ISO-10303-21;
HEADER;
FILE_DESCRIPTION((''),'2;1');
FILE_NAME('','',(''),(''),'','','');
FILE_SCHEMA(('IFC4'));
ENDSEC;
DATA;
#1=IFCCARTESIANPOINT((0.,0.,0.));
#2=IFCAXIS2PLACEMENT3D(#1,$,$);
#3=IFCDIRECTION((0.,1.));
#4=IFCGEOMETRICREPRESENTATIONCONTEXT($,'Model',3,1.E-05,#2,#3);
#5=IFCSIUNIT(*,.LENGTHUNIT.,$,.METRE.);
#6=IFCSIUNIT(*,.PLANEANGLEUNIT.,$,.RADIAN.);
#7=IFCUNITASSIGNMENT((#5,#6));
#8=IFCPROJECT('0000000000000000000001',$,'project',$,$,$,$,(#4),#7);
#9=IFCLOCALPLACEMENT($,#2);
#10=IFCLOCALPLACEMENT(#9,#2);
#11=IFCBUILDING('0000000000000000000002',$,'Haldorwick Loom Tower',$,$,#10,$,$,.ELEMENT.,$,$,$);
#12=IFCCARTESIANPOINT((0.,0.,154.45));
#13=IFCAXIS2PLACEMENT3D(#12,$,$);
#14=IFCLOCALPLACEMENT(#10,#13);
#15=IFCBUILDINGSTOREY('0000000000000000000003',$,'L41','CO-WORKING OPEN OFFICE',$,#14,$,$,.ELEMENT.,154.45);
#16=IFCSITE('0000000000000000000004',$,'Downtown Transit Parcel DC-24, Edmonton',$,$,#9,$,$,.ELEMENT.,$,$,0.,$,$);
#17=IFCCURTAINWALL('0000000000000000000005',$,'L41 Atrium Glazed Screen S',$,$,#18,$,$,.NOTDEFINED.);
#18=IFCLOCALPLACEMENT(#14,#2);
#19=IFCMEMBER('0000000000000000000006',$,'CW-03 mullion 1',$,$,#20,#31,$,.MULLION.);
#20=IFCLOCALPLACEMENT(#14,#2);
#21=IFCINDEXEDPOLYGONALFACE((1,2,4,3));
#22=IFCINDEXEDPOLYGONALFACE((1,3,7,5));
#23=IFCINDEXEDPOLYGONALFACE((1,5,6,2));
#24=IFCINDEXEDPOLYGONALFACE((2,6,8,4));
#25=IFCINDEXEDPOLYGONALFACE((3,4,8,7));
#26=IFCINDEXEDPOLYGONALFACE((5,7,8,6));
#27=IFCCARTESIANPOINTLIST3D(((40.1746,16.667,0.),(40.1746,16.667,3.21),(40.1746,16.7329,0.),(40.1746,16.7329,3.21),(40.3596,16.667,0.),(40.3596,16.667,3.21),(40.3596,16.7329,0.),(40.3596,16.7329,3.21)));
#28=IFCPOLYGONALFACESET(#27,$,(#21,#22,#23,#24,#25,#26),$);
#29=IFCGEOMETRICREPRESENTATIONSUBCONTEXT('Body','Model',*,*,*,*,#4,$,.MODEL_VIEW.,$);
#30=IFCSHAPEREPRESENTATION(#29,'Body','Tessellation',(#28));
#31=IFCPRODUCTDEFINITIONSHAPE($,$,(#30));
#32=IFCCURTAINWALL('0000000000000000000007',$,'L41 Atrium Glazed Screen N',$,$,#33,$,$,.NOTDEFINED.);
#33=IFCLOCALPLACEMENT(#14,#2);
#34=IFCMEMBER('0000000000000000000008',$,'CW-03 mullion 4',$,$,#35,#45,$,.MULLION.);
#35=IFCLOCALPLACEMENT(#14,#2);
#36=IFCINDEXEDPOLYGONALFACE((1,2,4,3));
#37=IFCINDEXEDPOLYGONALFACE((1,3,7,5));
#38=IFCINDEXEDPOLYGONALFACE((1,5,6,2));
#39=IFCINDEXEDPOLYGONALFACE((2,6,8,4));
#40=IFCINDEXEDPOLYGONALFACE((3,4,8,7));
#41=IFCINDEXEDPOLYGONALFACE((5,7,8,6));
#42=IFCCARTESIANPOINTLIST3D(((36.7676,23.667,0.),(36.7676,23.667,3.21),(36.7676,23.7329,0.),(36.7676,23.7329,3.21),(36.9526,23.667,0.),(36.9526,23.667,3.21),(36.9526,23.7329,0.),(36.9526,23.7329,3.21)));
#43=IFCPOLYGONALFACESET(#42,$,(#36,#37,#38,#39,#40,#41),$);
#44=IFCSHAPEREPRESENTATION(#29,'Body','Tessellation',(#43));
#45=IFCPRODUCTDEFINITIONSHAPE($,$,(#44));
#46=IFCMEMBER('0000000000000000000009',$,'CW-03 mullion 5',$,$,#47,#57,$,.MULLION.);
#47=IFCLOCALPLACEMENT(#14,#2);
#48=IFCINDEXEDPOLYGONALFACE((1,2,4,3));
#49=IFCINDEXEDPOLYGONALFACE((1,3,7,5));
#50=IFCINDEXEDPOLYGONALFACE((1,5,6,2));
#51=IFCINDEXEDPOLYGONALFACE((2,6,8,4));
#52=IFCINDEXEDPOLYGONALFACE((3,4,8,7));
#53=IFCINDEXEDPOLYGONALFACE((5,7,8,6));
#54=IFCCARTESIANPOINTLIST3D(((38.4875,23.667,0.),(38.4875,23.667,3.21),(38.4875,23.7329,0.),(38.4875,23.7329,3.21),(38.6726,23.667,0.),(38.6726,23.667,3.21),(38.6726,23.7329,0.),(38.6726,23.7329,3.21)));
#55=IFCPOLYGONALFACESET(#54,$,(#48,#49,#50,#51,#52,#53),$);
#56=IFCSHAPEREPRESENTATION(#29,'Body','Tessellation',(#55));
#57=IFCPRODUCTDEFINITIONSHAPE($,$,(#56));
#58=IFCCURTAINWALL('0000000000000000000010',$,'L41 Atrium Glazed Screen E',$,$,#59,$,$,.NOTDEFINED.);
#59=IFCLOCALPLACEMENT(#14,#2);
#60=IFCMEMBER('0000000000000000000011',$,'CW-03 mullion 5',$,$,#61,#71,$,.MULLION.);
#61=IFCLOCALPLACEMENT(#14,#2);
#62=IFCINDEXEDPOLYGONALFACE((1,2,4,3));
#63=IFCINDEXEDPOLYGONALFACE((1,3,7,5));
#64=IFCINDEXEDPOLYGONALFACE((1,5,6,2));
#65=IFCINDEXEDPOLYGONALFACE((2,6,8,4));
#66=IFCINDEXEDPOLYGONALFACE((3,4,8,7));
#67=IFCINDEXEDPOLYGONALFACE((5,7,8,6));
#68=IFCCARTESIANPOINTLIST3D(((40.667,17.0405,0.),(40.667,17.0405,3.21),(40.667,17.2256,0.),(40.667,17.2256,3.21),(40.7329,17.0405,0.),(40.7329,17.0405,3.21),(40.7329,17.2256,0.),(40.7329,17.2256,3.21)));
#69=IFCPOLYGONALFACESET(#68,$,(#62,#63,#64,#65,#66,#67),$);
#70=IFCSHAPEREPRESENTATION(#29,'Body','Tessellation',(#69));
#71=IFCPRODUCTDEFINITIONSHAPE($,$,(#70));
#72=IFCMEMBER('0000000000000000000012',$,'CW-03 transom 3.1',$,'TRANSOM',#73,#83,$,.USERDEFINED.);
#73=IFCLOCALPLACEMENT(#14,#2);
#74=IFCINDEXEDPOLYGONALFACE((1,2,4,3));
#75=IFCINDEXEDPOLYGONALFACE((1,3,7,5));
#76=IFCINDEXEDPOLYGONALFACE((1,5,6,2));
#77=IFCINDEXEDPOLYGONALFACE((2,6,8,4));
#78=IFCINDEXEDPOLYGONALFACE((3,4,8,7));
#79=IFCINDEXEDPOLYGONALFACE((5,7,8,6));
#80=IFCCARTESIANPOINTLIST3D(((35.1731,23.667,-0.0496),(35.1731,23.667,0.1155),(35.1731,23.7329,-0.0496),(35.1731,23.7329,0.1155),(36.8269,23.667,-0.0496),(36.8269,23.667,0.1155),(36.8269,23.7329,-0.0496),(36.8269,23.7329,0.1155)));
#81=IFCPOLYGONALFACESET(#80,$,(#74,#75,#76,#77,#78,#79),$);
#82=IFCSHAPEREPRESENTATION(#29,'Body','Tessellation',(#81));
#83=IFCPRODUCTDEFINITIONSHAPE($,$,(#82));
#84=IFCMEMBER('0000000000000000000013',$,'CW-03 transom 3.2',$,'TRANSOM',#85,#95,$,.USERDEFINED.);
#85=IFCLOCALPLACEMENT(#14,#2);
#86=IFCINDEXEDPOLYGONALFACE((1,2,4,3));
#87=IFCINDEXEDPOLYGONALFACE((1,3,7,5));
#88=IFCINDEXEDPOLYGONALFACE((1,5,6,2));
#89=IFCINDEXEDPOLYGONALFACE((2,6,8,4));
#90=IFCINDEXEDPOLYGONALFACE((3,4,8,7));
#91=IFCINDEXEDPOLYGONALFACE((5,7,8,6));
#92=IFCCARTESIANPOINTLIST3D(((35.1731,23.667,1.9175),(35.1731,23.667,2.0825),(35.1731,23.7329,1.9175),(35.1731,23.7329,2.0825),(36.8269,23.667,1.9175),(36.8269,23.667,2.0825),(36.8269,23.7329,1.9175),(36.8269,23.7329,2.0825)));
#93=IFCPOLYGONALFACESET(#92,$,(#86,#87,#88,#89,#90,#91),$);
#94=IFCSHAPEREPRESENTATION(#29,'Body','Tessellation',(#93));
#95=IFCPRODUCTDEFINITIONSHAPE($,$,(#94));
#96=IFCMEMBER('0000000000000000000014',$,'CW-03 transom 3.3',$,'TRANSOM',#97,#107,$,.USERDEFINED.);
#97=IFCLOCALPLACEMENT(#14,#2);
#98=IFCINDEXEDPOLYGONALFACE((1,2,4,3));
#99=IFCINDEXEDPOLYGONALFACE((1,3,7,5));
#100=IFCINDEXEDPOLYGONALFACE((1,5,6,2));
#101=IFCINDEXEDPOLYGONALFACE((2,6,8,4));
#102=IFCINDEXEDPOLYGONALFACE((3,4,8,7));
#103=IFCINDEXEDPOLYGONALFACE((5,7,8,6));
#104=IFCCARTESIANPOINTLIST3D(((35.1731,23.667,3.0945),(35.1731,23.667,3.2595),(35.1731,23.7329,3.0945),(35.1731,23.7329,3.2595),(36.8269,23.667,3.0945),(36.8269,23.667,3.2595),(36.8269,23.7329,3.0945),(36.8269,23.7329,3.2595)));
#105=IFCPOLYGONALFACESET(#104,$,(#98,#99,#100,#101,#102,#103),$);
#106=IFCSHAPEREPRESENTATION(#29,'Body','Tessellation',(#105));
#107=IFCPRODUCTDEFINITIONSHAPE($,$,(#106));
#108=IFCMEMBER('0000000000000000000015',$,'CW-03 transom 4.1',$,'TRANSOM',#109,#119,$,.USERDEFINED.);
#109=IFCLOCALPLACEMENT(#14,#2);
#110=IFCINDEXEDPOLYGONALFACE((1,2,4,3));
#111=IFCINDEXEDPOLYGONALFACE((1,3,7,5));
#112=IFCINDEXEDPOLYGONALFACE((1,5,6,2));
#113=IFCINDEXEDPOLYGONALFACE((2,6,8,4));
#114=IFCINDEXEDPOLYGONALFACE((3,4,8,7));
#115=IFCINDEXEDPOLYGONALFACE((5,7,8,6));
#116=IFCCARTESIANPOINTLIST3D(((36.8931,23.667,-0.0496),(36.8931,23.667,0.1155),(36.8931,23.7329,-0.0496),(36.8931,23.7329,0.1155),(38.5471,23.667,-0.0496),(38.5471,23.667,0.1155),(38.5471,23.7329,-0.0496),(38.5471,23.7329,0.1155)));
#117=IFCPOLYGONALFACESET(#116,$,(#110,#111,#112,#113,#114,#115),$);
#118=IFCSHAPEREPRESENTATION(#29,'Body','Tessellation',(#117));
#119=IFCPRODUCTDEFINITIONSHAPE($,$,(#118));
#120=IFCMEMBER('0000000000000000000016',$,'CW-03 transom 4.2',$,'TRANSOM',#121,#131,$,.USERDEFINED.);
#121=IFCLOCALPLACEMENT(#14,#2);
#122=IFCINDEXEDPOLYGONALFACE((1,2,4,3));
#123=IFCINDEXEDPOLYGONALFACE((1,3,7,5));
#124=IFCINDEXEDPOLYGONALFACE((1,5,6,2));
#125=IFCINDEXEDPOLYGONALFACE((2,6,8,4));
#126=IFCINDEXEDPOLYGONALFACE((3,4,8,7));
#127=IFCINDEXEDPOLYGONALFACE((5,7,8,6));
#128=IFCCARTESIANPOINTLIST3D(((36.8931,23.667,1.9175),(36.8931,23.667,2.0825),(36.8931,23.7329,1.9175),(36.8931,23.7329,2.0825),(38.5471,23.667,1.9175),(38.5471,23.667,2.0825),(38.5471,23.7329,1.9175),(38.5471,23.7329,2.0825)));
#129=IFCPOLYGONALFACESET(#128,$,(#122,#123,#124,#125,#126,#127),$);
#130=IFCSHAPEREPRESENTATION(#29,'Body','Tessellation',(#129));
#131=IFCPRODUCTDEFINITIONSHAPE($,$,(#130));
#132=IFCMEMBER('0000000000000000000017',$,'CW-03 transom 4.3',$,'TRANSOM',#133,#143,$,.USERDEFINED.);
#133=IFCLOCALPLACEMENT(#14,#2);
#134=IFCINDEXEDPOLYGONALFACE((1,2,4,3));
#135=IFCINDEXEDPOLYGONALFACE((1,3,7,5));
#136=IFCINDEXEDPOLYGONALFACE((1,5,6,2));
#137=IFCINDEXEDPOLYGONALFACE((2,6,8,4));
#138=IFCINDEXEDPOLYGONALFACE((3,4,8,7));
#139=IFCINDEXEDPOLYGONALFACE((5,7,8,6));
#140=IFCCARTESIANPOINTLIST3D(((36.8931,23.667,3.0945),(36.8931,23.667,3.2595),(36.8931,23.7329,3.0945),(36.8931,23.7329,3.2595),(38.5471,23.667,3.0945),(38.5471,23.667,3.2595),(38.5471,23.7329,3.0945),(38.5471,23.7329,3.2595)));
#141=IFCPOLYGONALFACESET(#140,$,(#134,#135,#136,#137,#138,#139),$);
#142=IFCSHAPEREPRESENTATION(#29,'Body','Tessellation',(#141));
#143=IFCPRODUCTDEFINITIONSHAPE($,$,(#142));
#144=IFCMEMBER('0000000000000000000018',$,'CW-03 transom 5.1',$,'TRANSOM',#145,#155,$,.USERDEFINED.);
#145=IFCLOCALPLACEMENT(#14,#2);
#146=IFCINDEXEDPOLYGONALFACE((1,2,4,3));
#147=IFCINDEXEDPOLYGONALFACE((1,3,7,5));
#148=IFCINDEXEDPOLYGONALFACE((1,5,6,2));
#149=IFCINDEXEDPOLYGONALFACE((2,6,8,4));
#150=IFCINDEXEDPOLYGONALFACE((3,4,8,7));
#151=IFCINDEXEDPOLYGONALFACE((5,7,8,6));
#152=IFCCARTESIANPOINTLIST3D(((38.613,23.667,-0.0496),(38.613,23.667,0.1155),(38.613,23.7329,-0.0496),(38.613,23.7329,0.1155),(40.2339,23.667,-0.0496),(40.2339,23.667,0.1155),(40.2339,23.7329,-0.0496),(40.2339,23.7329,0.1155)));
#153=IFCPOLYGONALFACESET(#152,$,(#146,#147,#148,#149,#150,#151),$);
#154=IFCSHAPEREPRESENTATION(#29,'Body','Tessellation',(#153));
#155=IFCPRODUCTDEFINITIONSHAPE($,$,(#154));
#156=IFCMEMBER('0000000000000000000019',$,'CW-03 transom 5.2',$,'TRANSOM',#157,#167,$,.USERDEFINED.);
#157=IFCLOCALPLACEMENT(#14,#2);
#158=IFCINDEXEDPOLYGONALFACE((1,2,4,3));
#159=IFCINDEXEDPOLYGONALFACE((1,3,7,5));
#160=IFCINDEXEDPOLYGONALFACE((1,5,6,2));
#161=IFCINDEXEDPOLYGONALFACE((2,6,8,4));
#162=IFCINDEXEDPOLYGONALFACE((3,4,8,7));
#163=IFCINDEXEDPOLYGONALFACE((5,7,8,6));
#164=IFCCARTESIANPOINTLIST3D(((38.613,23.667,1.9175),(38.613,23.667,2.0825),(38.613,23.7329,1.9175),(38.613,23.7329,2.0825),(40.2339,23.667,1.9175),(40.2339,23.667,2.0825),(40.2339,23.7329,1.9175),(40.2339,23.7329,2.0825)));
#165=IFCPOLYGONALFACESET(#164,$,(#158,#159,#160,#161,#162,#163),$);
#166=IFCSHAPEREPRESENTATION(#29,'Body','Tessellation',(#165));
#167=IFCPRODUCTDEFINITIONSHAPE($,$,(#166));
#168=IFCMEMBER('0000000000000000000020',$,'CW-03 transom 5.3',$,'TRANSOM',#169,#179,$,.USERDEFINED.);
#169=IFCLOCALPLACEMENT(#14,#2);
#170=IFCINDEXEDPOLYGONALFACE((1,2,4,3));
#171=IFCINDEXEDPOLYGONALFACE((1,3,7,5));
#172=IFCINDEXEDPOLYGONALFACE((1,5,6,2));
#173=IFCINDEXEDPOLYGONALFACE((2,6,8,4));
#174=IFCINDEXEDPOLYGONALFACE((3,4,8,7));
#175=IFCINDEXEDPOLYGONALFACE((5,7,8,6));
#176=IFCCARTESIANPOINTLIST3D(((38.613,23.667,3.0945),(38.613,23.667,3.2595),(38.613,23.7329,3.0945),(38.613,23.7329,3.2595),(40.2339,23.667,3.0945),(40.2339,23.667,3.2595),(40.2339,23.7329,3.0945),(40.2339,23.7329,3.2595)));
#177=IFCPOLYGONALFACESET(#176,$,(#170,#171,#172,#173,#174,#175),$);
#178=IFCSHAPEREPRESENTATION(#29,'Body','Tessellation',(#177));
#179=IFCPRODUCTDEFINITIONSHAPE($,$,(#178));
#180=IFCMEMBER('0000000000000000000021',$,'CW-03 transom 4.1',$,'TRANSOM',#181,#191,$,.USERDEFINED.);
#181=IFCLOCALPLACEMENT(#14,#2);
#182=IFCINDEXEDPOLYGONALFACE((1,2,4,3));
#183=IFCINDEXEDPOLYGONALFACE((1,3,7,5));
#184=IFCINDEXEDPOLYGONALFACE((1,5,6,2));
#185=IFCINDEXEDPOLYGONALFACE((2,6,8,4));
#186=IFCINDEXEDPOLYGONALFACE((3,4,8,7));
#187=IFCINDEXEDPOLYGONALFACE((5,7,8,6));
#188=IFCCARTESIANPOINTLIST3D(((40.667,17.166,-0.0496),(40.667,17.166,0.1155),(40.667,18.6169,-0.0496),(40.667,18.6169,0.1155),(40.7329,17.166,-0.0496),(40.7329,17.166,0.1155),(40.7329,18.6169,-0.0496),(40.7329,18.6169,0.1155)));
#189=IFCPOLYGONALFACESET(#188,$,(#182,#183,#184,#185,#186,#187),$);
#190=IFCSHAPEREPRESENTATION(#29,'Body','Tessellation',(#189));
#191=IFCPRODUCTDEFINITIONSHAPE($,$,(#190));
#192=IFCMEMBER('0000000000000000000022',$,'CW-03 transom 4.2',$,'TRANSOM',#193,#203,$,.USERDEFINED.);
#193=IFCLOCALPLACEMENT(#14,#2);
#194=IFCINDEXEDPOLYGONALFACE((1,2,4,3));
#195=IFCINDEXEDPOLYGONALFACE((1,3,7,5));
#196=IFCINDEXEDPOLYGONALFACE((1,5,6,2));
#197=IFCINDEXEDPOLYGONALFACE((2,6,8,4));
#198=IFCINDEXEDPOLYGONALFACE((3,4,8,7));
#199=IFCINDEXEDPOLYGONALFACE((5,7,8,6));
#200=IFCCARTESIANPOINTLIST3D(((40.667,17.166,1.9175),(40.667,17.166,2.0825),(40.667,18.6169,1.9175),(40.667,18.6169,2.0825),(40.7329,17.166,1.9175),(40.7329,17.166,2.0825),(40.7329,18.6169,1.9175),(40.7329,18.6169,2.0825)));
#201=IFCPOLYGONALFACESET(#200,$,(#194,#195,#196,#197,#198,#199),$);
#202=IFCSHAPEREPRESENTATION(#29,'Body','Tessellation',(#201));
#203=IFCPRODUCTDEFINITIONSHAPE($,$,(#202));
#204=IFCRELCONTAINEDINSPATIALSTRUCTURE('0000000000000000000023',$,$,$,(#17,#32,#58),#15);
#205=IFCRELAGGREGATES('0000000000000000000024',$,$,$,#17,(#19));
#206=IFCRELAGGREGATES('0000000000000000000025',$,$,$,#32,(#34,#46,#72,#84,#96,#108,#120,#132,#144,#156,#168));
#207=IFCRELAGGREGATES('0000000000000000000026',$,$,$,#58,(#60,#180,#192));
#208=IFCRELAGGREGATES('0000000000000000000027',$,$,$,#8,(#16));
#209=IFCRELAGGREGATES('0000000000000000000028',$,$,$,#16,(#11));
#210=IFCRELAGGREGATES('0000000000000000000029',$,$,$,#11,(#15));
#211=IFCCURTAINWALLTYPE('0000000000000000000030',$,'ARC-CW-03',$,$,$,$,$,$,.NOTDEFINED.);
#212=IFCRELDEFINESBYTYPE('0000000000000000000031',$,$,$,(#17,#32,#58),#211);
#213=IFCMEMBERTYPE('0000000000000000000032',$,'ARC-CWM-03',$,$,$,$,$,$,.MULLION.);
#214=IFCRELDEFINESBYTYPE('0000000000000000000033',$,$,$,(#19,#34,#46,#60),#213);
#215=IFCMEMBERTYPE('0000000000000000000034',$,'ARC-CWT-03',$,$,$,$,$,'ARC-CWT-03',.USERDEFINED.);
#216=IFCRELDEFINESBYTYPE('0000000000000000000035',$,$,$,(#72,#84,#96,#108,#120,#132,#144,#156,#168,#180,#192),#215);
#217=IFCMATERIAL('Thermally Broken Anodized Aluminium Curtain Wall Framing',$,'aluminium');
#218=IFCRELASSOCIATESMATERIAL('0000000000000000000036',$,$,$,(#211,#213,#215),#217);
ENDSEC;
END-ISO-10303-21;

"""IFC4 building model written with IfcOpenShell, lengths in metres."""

from ifc_helpers import new_model, si_unit, direction, frame, origin, origin_2d, place, context, subcontext, project, spatial, rectangle, extrude, material, material_profile, profile_set, type_object, element, aggregate, save


model = new_model("IFC4")

# Units and contexts
model_context = context("Model", 3, precision=1e-05, world=origin(), true_north=direction((0.0, 1.0)))
body_context = subcontext(model_context, "Body", "Model", "MODEL_VIEW")
ifc_project = project(units=[si_unit("LENGTHUNIT", "METRE"), si_unit("PLANEANGLEUNIT", "RADIAN")], contexts=[model_context])

# Site, building, storey
site_placement = place(None, origin())
site = spatial("IfcSite", under=ifc_project, at=site_placement, Name="Downtown Transit Parcel DC-24, Edmonton", CompositionType="ELEMENT", RefElevation=0.0)
building_placement = place(site_placement, origin())
building = spatial("IfcBuilding", under=site, at=building_placement, Name="Haldorwick Loom Tower", CompositionType="ELEMENT")
storey_placement = place(building_placement, frame((0.0, 0.0, 154.45)))
storey = spatial("IfcBuildingStorey", under=building, at=storey_placement, Name="L41", Description="CO-WORKING OPEN OFFICE", CompositionType="ELEMENT", Elevation=154.45)

# Curtain wall, member
ifc_material_1 = material(Name="Thermally Broken Anodized Aluminium Curtain Wall Framing", Category="aluminium")
curtain_wall_type = type_object("IfcCurtainWallType", Name="ARC-CW-03", PredefinedType="NOTDEFINED", material=ifc_material_1)
curtain_wall_1_placement = place(storey_placement, origin())
curtain_wall_1 = element("IfcCurtainWall", 1, at=curtain_wall_1_placement, inside=storey, type_object=curtain_wall_type, Name="L41 Atrium Glazed Screen S", PredefinedType="NOTDEFINED")
ifc_material_profile_1 = material_profile(ifc_material_1, rectangle(XDim=0.0659, YDim=0.1851, at=origin_2d()), Name="ALU_MUL_66X185", Category="aluminium")
ifc_profile_set_1 = profile_set([ifc_material_profile_1], Name="Thermally Broken Anodized Aluminium Curtain Wall Framing")
member_type_1 = type_object("IfcMemberType", Name="ARC-CWM-03", PredefinedType="MULLION", material=ifc_profile_set_1)
member_1_placement = place(storey_placement, frame((40.2671, 16.7, 0.0), z_axis=(0.0, 0.0, 1.0), x_axis=(0.0, -1.0, 0.0)))
member_1 = element("IfcMember", 2, at=member_1_placement, type_object=member_type_1, Name="CW-03 mullion 1", PredefinedType="MULLION", context=body_context, shape_type="SweptSolid", body=[
    extrude(rectangle(XDim=0.0659, YDim=0.1851, at=origin_2d()), origin(), (0.0, 0.0, 1.0), 3.21),
])
aggregate(curtain_wall_1, [member_1])

# Curtain wall, members
curtain_wall_2_placement = place(storey_placement, origin())
curtain_wall_2 = element("IfcCurtainWall", 3, at=curtain_wall_2_placement, inside=storey, type_object=curtain_wall_type, Name="L41 Atrium Glazed Screen N", PredefinedType="NOTDEFINED")
member_2_placement = place(storey_placement, frame((36.8601, 23.7, 0.0), z_axis=(0.0, 0.0, 1.0), x_axis=(0.0, 1.0, 0.0)))
member_2 = element("IfcMember", 4, at=member_2_placement, type_object=member_type_1, Name="CW-03 mullion 4", PredefinedType="MULLION", context=body_context, shape_type="SweptSolid", body=[
    extrude(rectangle(XDim=0.0659, YDim=0.1851, at=origin_2d()), origin(), (0.0, 0.0, 1.0), 3.21),
])
member_3_placement = place(storey_placement, frame((38.5801, 23.7, 0.0), z_axis=(0.0, 0.0, 1.0), x_axis=(0.0, 1.0, 0.0)))
member_3 = element("IfcMember", 5, at=member_3_placement, type_object=member_type_1, Name="CW-03 mullion 5", PredefinedType="MULLION", context=body_context, shape_type="SweptSolid", body=[
    extrude(rectangle(XDim=0.0659, YDim=0.1851, at=origin_2d()), origin(), (0.0, 0.0, 1.0), 3.21),
])

# Curtain wall, member
curtain_wall_3_placement = place(storey_placement, origin())
curtain_wall_3 = element("IfcCurtainWall", 6, at=curtain_wall_3_placement, inside=storey, type_object=curtain_wall_type, Name="L41 Atrium Glazed Screen E", PredefinedType="NOTDEFINED")
member_4_placement = place(storey_placement, frame((40.7, 17.1331, 0.0), z_axis=(0.0, 0.0, 1.0), x_axis=(1.0, 0.0, 0.0)))
member_4 = element("IfcMember", 7, at=member_4_placement, type_object=member_type_1, Name="CW-03 mullion 5", PredefinedType="MULLION", context=body_context, shape_type="SweptSolid", body=[
    extrude(rectangle(XDim=0.0659, YDim=0.1851, at=origin_2d()), origin(), (0.0, 0.0, 1.0), 3.21),
])

# Members
ifc_material_profile_2 = material_profile(ifc_material_1, rectangle(XDim=0.0659, YDim=0.165, at=origin_2d()), Name="ALU_TRN_66X165", Category="aluminium")
ifc_profile_set_2 = profile_set([ifc_material_profile_2], Name="Thermally Broken Anodized Aluminium Curtain Wall Framing")
member_type_2 = type_object("IfcMemberType", Name="ARC-CWT-03", ElementType="ARC-CWT-03", PredefinedType="USERDEFINED", material=ifc_profile_set_2)
member_5_placement = place(storey_placement, frame((35.1731, 23.7, 0.033), z_axis=(1.0, 0.0, 0.0), x_axis=(0.0, 1.0, 0.0)))
member_5 = element("IfcMember", 8, at=member_5_placement, type_object=member_type_2, Name="CW-03 transom 3.1", ObjectType="TRANSOM", PredefinedType="USERDEFINED", context=body_context, shape_type="SweptSolid", body=[
    extrude(rectangle(XDim=0.0659, YDim=0.165, at=origin_2d()), origin(), (0.0, 0.0, 1.0), 1.6538),
])
member_6_placement = place(storey_placement, frame((35.1731, 23.7, 2.0), z_axis=(1.0, 0.0, 0.0), x_axis=(0.0, 1.0, 0.0)))
member_6 = element("IfcMember", 9, at=member_6_placement, type_object=member_type_2, Name="CW-03 transom 3.2", ObjectType="TRANSOM", PredefinedType="USERDEFINED", context=body_context, shape_type="SweptSolid", body=[
    extrude(rectangle(XDim=0.0659, YDim=0.165, at=origin_2d()), origin(), (0.0, 0.0, 1.0), 1.6538),
])
member_7_placement = place(storey_placement, frame((35.1731, 23.7, 3.177), z_axis=(1.0, 0.0, 0.0), x_axis=(0.0, 1.0, 0.0)))
member_7 = element("IfcMember", 10, at=member_7_placement, type_object=member_type_2, Name="CW-03 transom 3.3", ObjectType="TRANSOM", PredefinedType="USERDEFINED", context=body_context, shape_type="SweptSolid", body=[
    extrude(rectangle(XDim=0.0659, YDim=0.165, at=origin_2d()), origin(), (0.0, 0.0, 1.0), 1.6538),
])
member_8_placement = place(storey_placement, frame((36.8931, 23.7, 0.033), z_axis=(1.0, 0.0, 0.0), x_axis=(0.0, 1.0, 0.0)))
member_8 = element("IfcMember", 11, at=member_8_placement, type_object=member_type_2, Name="CW-03 transom 4.1", ObjectType="TRANSOM", PredefinedType="USERDEFINED", context=body_context, shape_type="SweptSolid", body=[
    extrude(rectangle(XDim=0.0659, YDim=0.165, at=origin_2d()), origin(), (0.0, 0.0, 1.0), 1.6541),
])
member_9_placement = place(storey_placement, frame((36.8931, 23.7, 2.0), z_axis=(1.0, 0.0, 0.0), x_axis=(0.0, 1.0, 0.0)))
member_9 = element("IfcMember", 12, at=member_9_placement, type_object=member_type_2, Name="CW-03 transom 4.2", ObjectType="TRANSOM", PredefinedType="USERDEFINED", context=body_context, shape_type="SweptSolid", body=[
    extrude(rectangle(XDim=0.0659, YDim=0.165, at=origin_2d()), origin(), (0.0, 0.0, 1.0), 1.6541),
])
member_10_placement = place(storey_placement, frame((36.8931, 23.7, 3.177), z_axis=(1.0, 0.0, 0.0), x_axis=(0.0, 1.0, 0.0)))
member_10 = element("IfcMember", 13, at=member_10_placement, type_object=member_type_2, Name="CW-03 transom 4.3", ObjectType="TRANSOM", PredefinedType="USERDEFINED", context=body_context, shape_type="SweptSolid", body=[
    extrude(rectangle(XDim=0.0659, YDim=0.165, at=origin_2d()), origin(), (0.0, 0.0, 1.0), 1.6541),
])
member_11_placement = place(storey_placement, frame((38.613, 23.7, 0.033), z_axis=(1.0, 0.0, 0.0), x_axis=(0.0, 1.0, 0.0)))
member_11 = element("IfcMember", 14, at=member_11_placement, type_object=member_type_2, Name="CW-03 transom 5.1", ObjectType="TRANSOM", PredefinedType="USERDEFINED", context=body_context, shape_type="SweptSolid", body=[
    extrude(rectangle(XDim=0.0659, YDim=0.165, at=origin_2d()), origin(), (0.0, 0.0, 1.0), 1.6208),
])
member_12_placement = place(storey_placement, frame((38.613, 23.7, 2.0), z_axis=(1.0, 0.0, 0.0), x_axis=(0.0, 1.0, 0.0)))
member_12 = element("IfcMember", 15, at=member_12_placement, type_object=member_type_2, Name="CW-03 transom 5.2", ObjectType="TRANSOM", PredefinedType="USERDEFINED", context=body_context, shape_type="SweptSolid", body=[
    extrude(rectangle(XDim=0.0659, YDim=0.165, at=origin_2d()), origin(), (0.0, 0.0, 1.0), 1.6208),
])
member_13_placement = place(storey_placement, frame((38.613, 23.7, 3.177), z_axis=(1.0, 0.0, 0.0), x_axis=(0.0, 1.0, 0.0)))
member_13 = element("IfcMember", 16, at=member_13_placement, type_object=member_type_2, Name="CW-03 transom 5.3", ObjectType="TRANSOM", PredefinedType="USERDEFINED", context=body_context, shape_type="SweptSolid", body=[
    extrude(rectangle(XDim=0.0659, YDim=0.165, at=origin_2d()), origin(), (0.0, 0.0, 1.0), 1.6208),
])
member_14_placement = place(storey_placement, frame((40.7, 18.6169, 0.033), z_axis=(0.0, -1.0, 0.0), x_axis=(1.0, 0.0, 0.0)))
member_14 = element("IfcMember", 17, at=member_14_placement, type_object=member_type_2, Name="CW-03 transom 4.1", ObjectType="TRANSOM", PredefinedType="USERDEFINED", context=body_context, shape_type="SweptSolid", body=[
    extrude(rectangle(XDim=0.0659, YDim=0.165, at=origin_2d()), origin(), (0.0, 0.0, 1.0), 1.4509),
])
member_15_placement = place(storey_placement, frame((40.7, 18.6169, 2.0), z_axis=(0.0, -1.0, 0.0), x_axis=(1.0, 0.0, 0.0)))
member_15 = element("IfcMember", 18, at=member_15_placement, type_object=member_type_2, Name="CW-03 transom 4.2", ObjectType="TRANSOM", PredefinedType="USERDEFINED", context=body_context, shape_type="SweptSolid", body=[
    extrude(rectangle(XDim=0.0659, YDim=0.165, at=origin_2d()), origin(), (0.0, 0.0, 1.0), 1.4509),
])

aggregate(curtain_wall_2, [member_2, member_3, member_5, member_6, member_7, member_8, member_9, member_10, member_11, member_12, member_13])
aggregate(curtain_wall_3, [member_4, member_14, member_15])

save(model, "model.ifc")
